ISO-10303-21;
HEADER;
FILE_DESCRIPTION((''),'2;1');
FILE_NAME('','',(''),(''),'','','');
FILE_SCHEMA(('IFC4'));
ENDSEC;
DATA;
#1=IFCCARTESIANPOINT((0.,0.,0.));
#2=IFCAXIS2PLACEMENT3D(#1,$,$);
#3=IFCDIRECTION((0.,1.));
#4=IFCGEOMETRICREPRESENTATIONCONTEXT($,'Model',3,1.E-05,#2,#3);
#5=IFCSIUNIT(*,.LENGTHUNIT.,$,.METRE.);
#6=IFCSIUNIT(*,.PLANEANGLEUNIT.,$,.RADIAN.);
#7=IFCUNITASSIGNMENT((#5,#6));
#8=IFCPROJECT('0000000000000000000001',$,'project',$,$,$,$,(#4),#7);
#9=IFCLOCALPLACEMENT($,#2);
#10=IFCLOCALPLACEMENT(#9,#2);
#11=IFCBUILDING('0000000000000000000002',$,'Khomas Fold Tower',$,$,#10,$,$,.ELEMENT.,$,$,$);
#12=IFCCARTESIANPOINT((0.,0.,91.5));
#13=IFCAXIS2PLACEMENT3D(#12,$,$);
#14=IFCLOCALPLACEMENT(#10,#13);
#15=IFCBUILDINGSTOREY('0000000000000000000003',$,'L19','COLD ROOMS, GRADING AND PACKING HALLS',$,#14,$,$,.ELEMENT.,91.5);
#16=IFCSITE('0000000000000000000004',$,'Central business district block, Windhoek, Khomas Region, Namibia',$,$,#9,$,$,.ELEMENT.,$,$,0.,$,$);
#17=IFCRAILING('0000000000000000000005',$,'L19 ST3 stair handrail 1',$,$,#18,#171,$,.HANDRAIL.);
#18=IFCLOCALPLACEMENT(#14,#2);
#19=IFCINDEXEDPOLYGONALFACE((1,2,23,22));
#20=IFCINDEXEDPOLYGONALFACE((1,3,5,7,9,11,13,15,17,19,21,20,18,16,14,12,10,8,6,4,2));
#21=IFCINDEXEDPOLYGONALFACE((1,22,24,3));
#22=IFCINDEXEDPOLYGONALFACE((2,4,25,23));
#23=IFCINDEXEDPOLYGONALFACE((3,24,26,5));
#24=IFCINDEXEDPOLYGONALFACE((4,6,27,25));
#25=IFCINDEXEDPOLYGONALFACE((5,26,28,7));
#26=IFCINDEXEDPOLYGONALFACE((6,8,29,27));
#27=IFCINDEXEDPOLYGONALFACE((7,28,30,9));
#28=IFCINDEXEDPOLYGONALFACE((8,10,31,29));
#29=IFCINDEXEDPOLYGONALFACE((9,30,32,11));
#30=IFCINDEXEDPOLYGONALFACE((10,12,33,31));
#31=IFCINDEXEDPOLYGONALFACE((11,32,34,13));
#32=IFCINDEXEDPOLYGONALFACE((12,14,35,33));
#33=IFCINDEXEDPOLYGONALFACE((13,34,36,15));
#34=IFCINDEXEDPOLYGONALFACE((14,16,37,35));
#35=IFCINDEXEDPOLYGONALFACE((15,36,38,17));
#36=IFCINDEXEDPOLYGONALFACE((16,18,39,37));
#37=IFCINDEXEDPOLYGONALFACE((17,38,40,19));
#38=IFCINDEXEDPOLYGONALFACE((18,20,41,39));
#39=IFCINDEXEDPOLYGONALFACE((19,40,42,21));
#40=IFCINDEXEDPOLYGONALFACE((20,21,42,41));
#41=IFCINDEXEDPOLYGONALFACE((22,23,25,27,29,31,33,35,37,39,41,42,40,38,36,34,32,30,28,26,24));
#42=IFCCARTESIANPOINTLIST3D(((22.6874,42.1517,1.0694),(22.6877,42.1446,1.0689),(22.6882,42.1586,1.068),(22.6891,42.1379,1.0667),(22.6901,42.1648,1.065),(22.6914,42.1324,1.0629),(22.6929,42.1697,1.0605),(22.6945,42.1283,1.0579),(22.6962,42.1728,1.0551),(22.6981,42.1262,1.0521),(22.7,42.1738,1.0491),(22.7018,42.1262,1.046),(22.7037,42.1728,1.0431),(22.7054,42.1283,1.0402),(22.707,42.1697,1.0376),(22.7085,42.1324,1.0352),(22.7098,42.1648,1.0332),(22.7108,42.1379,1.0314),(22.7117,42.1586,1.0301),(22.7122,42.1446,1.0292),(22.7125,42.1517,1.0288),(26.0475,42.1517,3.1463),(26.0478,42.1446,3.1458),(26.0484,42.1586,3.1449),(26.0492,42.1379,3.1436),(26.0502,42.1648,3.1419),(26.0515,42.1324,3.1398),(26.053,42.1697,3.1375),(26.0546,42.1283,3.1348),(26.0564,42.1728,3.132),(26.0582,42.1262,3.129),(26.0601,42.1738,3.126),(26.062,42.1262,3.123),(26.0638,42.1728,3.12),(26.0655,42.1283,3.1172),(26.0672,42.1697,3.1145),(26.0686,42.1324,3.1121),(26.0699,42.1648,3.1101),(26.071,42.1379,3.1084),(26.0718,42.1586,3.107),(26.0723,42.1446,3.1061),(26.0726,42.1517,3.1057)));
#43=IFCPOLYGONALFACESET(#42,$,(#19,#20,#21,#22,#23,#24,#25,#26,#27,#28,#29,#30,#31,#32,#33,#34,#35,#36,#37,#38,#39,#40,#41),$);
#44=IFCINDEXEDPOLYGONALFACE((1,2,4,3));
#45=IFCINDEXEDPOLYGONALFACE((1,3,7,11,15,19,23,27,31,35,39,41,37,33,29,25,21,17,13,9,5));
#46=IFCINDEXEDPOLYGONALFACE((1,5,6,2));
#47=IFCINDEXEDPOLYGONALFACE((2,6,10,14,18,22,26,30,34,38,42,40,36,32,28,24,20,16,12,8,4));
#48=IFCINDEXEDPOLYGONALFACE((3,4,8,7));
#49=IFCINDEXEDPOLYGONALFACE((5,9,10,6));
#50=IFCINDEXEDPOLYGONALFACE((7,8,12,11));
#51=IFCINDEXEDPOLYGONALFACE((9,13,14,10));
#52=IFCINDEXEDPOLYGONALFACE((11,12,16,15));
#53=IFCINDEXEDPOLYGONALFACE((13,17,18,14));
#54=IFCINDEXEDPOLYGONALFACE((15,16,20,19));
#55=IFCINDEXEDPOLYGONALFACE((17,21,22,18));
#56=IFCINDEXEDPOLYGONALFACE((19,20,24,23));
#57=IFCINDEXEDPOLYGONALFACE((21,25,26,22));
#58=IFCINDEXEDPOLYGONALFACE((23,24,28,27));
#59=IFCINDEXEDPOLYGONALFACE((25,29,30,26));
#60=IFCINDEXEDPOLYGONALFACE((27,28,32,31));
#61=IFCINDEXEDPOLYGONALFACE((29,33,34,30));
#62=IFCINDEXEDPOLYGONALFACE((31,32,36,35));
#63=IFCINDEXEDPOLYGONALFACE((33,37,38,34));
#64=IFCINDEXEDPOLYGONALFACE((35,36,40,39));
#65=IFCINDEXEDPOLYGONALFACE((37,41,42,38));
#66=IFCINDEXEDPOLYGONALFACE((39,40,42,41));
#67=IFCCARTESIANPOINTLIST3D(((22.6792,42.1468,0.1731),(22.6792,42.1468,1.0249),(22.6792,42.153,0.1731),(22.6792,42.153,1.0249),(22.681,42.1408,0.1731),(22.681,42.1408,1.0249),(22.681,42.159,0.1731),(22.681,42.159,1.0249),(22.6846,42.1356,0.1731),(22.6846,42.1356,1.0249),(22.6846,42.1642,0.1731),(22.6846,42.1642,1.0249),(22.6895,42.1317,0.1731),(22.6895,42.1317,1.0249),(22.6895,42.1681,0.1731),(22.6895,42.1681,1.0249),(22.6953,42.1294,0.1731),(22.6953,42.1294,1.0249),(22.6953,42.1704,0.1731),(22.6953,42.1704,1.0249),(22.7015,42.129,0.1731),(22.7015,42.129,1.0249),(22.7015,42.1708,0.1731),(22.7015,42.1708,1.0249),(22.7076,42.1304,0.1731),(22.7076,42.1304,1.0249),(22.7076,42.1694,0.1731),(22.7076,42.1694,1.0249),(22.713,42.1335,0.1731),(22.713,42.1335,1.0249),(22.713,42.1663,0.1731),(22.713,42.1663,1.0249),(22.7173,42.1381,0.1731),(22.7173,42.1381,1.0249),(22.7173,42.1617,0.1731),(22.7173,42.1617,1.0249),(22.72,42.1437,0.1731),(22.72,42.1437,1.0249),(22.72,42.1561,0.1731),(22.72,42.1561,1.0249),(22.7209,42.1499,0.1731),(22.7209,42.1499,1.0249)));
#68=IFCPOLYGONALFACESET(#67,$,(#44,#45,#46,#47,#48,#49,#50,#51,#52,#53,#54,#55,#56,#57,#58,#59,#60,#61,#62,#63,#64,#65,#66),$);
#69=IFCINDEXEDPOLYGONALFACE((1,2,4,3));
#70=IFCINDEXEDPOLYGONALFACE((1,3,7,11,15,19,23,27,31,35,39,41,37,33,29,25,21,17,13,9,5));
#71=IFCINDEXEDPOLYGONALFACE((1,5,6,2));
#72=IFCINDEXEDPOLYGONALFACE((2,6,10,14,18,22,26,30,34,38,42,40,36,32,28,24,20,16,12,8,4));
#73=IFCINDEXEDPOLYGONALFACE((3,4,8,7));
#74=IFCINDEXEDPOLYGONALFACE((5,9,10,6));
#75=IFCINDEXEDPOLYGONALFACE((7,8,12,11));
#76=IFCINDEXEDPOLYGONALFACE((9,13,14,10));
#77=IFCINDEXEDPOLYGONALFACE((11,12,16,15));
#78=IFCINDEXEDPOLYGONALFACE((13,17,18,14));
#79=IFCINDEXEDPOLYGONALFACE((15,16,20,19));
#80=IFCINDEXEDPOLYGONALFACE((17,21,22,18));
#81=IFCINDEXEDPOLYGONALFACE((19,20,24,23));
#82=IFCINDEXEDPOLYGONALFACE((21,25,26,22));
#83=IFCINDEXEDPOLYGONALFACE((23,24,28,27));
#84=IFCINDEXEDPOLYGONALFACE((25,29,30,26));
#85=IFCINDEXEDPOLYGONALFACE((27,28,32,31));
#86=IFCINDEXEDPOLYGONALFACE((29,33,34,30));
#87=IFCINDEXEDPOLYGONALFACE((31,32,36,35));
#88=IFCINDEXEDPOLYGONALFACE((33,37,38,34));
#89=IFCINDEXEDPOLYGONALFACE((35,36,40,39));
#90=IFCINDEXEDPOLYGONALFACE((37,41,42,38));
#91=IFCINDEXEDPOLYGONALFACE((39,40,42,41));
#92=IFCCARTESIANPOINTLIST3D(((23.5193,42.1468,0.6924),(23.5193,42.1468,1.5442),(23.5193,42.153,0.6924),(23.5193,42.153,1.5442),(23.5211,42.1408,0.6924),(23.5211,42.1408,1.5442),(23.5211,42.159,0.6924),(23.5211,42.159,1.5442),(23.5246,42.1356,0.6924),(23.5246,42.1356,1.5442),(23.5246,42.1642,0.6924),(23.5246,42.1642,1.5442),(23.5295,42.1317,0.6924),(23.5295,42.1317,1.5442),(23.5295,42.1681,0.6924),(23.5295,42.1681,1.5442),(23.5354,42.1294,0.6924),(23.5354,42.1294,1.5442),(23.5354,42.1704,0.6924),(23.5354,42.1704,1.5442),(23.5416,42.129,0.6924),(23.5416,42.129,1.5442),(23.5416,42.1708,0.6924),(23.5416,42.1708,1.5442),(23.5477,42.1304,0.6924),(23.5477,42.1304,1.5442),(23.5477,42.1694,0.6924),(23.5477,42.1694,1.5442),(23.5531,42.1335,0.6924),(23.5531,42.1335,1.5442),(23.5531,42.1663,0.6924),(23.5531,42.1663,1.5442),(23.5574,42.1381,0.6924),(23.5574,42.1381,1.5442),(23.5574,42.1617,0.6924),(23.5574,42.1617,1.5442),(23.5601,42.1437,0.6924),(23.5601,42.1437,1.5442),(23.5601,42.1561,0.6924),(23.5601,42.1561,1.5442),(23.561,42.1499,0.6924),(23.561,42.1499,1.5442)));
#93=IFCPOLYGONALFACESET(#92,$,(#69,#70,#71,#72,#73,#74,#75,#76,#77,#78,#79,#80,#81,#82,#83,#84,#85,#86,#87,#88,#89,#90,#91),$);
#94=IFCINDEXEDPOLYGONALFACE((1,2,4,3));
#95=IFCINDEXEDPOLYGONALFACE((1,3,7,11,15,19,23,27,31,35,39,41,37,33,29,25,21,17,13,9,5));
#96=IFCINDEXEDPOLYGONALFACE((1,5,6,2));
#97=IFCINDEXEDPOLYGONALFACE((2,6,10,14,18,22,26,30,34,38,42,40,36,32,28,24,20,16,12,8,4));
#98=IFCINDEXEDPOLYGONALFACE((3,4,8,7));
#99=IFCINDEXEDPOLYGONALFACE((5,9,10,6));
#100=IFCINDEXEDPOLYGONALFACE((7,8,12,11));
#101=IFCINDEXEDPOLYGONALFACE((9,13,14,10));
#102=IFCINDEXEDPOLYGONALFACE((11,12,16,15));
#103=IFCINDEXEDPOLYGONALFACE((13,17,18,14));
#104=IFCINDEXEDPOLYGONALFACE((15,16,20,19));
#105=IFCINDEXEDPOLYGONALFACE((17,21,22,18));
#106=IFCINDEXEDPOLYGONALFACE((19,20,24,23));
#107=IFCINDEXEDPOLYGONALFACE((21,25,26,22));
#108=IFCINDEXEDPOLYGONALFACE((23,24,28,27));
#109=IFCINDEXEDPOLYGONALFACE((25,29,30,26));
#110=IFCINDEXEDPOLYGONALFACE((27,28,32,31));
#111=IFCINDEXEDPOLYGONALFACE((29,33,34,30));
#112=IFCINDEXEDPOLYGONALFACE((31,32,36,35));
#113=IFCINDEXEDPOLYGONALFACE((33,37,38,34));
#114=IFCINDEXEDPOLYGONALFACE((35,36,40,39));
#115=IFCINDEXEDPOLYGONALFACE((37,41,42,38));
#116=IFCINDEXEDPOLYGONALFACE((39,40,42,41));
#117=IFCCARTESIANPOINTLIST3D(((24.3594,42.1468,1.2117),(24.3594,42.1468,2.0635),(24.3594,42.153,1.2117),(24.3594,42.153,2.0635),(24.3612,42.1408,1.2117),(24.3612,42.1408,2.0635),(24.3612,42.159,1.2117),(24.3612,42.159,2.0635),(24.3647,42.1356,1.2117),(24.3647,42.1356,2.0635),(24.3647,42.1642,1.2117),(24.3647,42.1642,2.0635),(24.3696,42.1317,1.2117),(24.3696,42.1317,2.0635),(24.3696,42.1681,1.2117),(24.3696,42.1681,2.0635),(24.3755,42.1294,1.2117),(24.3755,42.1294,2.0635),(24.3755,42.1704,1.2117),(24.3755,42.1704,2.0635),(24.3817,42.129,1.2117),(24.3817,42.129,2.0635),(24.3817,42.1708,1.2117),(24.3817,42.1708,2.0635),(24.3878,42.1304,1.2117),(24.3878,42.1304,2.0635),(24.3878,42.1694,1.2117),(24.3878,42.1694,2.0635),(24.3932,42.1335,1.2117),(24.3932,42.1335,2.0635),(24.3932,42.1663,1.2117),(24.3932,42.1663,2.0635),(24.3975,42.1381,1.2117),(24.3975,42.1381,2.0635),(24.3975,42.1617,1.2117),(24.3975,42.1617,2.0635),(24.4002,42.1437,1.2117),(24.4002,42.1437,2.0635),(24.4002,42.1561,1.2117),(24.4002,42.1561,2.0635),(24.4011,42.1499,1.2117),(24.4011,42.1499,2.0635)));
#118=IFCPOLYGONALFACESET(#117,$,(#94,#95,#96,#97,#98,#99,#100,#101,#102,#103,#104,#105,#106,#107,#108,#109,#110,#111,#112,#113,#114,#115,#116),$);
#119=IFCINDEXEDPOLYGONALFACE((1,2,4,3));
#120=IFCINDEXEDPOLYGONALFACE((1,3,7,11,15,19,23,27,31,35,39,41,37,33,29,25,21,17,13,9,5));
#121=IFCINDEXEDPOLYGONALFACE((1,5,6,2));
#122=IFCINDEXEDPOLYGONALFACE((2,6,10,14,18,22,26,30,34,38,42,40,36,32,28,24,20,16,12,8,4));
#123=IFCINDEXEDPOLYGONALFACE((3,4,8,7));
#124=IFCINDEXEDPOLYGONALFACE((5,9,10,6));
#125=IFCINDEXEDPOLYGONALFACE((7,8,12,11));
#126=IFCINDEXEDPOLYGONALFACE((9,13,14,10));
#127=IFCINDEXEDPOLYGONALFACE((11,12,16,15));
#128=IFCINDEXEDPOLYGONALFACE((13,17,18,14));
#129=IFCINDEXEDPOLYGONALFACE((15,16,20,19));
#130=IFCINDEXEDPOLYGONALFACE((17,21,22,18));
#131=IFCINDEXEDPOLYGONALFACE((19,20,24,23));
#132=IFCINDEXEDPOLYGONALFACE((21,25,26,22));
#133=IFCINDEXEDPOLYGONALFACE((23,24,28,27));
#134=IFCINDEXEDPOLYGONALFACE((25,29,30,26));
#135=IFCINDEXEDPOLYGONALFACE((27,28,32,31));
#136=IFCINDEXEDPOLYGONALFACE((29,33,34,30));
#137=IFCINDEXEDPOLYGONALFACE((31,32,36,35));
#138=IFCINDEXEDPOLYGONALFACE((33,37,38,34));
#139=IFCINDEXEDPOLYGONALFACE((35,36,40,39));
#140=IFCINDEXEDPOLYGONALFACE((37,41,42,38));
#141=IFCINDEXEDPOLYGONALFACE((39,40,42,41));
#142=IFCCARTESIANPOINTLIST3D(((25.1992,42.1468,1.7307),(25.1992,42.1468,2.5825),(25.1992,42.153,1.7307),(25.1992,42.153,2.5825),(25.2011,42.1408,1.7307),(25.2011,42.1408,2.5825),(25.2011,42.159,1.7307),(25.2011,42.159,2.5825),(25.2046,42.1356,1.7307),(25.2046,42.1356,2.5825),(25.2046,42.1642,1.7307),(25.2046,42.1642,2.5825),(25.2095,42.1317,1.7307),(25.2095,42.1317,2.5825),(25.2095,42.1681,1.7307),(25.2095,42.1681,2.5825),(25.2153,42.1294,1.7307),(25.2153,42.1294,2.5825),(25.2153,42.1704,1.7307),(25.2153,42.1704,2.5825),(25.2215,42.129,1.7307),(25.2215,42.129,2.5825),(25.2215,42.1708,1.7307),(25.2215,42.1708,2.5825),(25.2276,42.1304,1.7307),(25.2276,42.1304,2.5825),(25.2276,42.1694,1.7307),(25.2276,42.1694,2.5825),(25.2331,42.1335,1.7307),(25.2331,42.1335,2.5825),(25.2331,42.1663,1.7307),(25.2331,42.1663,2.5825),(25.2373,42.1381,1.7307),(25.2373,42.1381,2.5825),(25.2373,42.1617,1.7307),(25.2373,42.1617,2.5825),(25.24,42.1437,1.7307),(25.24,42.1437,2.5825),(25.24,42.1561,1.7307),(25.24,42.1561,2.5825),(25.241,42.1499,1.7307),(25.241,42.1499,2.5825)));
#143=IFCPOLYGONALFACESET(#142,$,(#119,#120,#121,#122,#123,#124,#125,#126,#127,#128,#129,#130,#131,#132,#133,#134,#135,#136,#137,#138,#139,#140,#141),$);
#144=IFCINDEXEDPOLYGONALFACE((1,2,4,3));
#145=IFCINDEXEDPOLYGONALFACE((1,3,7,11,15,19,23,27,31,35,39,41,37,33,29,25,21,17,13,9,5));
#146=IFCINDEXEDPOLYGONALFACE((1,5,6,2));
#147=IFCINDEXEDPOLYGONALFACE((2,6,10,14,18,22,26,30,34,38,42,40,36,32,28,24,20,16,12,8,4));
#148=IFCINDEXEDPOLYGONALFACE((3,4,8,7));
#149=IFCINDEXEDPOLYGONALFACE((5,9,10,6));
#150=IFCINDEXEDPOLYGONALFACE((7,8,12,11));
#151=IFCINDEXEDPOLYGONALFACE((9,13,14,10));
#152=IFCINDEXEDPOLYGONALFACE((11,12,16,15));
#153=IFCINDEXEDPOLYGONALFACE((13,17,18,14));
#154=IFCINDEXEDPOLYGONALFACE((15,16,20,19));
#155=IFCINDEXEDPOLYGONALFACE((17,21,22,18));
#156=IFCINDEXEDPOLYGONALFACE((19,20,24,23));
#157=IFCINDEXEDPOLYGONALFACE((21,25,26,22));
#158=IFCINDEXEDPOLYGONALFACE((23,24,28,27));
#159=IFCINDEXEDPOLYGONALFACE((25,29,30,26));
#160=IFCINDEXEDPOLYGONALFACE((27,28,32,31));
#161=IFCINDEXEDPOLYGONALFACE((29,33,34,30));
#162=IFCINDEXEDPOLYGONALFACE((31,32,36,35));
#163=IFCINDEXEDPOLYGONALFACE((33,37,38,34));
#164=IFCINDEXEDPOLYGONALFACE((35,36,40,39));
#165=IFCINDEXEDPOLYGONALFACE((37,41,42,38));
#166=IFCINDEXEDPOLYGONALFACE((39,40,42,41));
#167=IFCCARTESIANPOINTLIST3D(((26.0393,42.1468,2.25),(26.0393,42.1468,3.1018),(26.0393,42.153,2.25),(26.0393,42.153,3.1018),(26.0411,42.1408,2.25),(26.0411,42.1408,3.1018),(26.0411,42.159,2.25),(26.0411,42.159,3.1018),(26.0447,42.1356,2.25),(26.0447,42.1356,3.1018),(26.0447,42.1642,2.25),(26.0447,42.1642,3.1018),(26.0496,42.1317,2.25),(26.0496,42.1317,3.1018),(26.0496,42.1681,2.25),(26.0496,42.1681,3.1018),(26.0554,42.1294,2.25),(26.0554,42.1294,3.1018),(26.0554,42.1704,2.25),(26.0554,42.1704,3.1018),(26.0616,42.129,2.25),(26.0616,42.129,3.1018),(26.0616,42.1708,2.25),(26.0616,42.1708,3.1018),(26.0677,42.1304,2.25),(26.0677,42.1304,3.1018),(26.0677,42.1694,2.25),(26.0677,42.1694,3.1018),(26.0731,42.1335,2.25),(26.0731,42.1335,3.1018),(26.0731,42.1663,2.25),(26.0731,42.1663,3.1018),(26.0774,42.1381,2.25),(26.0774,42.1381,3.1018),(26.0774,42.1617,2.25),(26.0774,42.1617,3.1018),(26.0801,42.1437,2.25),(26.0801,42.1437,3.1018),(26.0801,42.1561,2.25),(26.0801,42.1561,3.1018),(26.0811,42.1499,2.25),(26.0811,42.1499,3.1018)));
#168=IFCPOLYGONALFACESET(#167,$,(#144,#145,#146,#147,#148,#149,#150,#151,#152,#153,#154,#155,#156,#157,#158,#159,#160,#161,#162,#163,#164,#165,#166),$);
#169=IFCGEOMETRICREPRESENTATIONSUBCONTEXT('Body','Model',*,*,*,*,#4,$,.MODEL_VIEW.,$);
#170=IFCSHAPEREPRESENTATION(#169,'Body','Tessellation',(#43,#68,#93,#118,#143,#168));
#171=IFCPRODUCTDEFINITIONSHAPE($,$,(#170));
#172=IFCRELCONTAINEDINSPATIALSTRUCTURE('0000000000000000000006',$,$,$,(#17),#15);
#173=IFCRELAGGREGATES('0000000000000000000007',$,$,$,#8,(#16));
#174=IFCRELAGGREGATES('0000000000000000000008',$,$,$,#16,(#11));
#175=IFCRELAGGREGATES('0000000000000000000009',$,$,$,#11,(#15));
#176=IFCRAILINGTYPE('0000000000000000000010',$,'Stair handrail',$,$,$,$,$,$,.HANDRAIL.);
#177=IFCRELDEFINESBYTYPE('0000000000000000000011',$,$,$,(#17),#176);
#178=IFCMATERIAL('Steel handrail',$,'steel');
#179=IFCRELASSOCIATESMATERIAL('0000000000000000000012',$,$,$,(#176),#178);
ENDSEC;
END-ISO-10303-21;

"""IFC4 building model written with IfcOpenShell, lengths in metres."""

from ifc_helpers import new_model, si_unit, direction, frame, origin, origin_2d, place, context, subcontext, project, spatial, circle, extrude, source, transform, mapped, material, type_object, element, save


model = new_model("IFC4")

# Units and contexts
model_context = context("Model", 3, precision=1e-05, world=origin(), true_north=direction((0.0, 1.0)))
body_context = subcontext(model_context, "Body", "Model", "MODEL_VIEW")
ifc_project = project(units=[si_unit("LENGTHUNIT", "METRE"), si_unit("PLANEANGLEUNIT", "RADIAN")], contexts=[model_context])

# Site, building, storey
site_placement = place(None, origin())
site = spatial("IfcSite", under=ifc_project, at=site_placement, Name="Central business district block, Windhoek, Khomas Region, Namibia", CompositionType="ELEMENT", RefElevation=0.0)
building_placement = place(site_placement, origin())
building = spatial("IfcBuilding", under=site, at=building_placement, Name="Khomas Fold Tower", CompositionType="ELEMENT")
storey_placement = place(building_placement, frame((0.0, 0.0, 91.5)))
storey = spatial("IfcBuildingStorey", under=building, at=storey_placement, Name="L19", Description="COLD ROOMS, GRADING AND PACKING HALLS", CompositionType="ELEMENT", Elevation=91.5)

# Railing
ifc_material_1 = material(Name="Steel handrail", Category="steel")
railing_type_1 = type_object("IfcRailingType", Name="Stair handrail", PredefinedType="HANDRAIL", material=ifc_material_1)
shared_shape_1 = source(origin(), body_context, "Body", "SweptSolid", [
    extrude(circle(Radius=0.0239, at=origin_2d()), frame((0.0, 0.0, 0.876), z_axis=(0.850623, 0.0, 0.525776), x_axis=(0.0, 1.0, 0.0)), (0.0, 0.0, 1.0), 3.9502),
    extrude(circle(Radius=0.021, at=origin_2d()), origin(), (0.0, 0.0, 1.0), 0.8518),
    extrude(circle(Radius=0.021, at=origin_2d()), frame((0.8401, 0.0, 0.5193)), (0.0, 0.0, 1.0), 0.8518),
    extrude(circle(Radius=0.021, at=origin_2d()), frame((1.6802, 0.0, 1.0386)), (0.0, 0.0, 1.0), 0.8518),
    extrude(circle(Radius=0.021, at=origin_2d()), frame((2.52, 0.0, 1.5576)), (0.0, 0.0, 1.0), 0.8518),
    extrude(circle(Radius=0.021, at=origin_2d()), frame((3.3601, 0.0, 2.0769)), (0.0, 0.0, 1.0), 0.8518),
])
railing_1_placement = place(storey_placement, frame((22.7, 42.1499, 0.1731)))
element("IfcRailing", 1, at=railing_1_placement, inside=storey, type_object=railing_type_1, Name="L19 ST3 stair handrail 1", PredefinedType="HANDRAIL", context=body_context, shape_type="MappedRepresentation", body=[
    mapped(shared_shape_1, transform((0.0, 0.0, 0.0))),
])

save(model, "model.ifc")
